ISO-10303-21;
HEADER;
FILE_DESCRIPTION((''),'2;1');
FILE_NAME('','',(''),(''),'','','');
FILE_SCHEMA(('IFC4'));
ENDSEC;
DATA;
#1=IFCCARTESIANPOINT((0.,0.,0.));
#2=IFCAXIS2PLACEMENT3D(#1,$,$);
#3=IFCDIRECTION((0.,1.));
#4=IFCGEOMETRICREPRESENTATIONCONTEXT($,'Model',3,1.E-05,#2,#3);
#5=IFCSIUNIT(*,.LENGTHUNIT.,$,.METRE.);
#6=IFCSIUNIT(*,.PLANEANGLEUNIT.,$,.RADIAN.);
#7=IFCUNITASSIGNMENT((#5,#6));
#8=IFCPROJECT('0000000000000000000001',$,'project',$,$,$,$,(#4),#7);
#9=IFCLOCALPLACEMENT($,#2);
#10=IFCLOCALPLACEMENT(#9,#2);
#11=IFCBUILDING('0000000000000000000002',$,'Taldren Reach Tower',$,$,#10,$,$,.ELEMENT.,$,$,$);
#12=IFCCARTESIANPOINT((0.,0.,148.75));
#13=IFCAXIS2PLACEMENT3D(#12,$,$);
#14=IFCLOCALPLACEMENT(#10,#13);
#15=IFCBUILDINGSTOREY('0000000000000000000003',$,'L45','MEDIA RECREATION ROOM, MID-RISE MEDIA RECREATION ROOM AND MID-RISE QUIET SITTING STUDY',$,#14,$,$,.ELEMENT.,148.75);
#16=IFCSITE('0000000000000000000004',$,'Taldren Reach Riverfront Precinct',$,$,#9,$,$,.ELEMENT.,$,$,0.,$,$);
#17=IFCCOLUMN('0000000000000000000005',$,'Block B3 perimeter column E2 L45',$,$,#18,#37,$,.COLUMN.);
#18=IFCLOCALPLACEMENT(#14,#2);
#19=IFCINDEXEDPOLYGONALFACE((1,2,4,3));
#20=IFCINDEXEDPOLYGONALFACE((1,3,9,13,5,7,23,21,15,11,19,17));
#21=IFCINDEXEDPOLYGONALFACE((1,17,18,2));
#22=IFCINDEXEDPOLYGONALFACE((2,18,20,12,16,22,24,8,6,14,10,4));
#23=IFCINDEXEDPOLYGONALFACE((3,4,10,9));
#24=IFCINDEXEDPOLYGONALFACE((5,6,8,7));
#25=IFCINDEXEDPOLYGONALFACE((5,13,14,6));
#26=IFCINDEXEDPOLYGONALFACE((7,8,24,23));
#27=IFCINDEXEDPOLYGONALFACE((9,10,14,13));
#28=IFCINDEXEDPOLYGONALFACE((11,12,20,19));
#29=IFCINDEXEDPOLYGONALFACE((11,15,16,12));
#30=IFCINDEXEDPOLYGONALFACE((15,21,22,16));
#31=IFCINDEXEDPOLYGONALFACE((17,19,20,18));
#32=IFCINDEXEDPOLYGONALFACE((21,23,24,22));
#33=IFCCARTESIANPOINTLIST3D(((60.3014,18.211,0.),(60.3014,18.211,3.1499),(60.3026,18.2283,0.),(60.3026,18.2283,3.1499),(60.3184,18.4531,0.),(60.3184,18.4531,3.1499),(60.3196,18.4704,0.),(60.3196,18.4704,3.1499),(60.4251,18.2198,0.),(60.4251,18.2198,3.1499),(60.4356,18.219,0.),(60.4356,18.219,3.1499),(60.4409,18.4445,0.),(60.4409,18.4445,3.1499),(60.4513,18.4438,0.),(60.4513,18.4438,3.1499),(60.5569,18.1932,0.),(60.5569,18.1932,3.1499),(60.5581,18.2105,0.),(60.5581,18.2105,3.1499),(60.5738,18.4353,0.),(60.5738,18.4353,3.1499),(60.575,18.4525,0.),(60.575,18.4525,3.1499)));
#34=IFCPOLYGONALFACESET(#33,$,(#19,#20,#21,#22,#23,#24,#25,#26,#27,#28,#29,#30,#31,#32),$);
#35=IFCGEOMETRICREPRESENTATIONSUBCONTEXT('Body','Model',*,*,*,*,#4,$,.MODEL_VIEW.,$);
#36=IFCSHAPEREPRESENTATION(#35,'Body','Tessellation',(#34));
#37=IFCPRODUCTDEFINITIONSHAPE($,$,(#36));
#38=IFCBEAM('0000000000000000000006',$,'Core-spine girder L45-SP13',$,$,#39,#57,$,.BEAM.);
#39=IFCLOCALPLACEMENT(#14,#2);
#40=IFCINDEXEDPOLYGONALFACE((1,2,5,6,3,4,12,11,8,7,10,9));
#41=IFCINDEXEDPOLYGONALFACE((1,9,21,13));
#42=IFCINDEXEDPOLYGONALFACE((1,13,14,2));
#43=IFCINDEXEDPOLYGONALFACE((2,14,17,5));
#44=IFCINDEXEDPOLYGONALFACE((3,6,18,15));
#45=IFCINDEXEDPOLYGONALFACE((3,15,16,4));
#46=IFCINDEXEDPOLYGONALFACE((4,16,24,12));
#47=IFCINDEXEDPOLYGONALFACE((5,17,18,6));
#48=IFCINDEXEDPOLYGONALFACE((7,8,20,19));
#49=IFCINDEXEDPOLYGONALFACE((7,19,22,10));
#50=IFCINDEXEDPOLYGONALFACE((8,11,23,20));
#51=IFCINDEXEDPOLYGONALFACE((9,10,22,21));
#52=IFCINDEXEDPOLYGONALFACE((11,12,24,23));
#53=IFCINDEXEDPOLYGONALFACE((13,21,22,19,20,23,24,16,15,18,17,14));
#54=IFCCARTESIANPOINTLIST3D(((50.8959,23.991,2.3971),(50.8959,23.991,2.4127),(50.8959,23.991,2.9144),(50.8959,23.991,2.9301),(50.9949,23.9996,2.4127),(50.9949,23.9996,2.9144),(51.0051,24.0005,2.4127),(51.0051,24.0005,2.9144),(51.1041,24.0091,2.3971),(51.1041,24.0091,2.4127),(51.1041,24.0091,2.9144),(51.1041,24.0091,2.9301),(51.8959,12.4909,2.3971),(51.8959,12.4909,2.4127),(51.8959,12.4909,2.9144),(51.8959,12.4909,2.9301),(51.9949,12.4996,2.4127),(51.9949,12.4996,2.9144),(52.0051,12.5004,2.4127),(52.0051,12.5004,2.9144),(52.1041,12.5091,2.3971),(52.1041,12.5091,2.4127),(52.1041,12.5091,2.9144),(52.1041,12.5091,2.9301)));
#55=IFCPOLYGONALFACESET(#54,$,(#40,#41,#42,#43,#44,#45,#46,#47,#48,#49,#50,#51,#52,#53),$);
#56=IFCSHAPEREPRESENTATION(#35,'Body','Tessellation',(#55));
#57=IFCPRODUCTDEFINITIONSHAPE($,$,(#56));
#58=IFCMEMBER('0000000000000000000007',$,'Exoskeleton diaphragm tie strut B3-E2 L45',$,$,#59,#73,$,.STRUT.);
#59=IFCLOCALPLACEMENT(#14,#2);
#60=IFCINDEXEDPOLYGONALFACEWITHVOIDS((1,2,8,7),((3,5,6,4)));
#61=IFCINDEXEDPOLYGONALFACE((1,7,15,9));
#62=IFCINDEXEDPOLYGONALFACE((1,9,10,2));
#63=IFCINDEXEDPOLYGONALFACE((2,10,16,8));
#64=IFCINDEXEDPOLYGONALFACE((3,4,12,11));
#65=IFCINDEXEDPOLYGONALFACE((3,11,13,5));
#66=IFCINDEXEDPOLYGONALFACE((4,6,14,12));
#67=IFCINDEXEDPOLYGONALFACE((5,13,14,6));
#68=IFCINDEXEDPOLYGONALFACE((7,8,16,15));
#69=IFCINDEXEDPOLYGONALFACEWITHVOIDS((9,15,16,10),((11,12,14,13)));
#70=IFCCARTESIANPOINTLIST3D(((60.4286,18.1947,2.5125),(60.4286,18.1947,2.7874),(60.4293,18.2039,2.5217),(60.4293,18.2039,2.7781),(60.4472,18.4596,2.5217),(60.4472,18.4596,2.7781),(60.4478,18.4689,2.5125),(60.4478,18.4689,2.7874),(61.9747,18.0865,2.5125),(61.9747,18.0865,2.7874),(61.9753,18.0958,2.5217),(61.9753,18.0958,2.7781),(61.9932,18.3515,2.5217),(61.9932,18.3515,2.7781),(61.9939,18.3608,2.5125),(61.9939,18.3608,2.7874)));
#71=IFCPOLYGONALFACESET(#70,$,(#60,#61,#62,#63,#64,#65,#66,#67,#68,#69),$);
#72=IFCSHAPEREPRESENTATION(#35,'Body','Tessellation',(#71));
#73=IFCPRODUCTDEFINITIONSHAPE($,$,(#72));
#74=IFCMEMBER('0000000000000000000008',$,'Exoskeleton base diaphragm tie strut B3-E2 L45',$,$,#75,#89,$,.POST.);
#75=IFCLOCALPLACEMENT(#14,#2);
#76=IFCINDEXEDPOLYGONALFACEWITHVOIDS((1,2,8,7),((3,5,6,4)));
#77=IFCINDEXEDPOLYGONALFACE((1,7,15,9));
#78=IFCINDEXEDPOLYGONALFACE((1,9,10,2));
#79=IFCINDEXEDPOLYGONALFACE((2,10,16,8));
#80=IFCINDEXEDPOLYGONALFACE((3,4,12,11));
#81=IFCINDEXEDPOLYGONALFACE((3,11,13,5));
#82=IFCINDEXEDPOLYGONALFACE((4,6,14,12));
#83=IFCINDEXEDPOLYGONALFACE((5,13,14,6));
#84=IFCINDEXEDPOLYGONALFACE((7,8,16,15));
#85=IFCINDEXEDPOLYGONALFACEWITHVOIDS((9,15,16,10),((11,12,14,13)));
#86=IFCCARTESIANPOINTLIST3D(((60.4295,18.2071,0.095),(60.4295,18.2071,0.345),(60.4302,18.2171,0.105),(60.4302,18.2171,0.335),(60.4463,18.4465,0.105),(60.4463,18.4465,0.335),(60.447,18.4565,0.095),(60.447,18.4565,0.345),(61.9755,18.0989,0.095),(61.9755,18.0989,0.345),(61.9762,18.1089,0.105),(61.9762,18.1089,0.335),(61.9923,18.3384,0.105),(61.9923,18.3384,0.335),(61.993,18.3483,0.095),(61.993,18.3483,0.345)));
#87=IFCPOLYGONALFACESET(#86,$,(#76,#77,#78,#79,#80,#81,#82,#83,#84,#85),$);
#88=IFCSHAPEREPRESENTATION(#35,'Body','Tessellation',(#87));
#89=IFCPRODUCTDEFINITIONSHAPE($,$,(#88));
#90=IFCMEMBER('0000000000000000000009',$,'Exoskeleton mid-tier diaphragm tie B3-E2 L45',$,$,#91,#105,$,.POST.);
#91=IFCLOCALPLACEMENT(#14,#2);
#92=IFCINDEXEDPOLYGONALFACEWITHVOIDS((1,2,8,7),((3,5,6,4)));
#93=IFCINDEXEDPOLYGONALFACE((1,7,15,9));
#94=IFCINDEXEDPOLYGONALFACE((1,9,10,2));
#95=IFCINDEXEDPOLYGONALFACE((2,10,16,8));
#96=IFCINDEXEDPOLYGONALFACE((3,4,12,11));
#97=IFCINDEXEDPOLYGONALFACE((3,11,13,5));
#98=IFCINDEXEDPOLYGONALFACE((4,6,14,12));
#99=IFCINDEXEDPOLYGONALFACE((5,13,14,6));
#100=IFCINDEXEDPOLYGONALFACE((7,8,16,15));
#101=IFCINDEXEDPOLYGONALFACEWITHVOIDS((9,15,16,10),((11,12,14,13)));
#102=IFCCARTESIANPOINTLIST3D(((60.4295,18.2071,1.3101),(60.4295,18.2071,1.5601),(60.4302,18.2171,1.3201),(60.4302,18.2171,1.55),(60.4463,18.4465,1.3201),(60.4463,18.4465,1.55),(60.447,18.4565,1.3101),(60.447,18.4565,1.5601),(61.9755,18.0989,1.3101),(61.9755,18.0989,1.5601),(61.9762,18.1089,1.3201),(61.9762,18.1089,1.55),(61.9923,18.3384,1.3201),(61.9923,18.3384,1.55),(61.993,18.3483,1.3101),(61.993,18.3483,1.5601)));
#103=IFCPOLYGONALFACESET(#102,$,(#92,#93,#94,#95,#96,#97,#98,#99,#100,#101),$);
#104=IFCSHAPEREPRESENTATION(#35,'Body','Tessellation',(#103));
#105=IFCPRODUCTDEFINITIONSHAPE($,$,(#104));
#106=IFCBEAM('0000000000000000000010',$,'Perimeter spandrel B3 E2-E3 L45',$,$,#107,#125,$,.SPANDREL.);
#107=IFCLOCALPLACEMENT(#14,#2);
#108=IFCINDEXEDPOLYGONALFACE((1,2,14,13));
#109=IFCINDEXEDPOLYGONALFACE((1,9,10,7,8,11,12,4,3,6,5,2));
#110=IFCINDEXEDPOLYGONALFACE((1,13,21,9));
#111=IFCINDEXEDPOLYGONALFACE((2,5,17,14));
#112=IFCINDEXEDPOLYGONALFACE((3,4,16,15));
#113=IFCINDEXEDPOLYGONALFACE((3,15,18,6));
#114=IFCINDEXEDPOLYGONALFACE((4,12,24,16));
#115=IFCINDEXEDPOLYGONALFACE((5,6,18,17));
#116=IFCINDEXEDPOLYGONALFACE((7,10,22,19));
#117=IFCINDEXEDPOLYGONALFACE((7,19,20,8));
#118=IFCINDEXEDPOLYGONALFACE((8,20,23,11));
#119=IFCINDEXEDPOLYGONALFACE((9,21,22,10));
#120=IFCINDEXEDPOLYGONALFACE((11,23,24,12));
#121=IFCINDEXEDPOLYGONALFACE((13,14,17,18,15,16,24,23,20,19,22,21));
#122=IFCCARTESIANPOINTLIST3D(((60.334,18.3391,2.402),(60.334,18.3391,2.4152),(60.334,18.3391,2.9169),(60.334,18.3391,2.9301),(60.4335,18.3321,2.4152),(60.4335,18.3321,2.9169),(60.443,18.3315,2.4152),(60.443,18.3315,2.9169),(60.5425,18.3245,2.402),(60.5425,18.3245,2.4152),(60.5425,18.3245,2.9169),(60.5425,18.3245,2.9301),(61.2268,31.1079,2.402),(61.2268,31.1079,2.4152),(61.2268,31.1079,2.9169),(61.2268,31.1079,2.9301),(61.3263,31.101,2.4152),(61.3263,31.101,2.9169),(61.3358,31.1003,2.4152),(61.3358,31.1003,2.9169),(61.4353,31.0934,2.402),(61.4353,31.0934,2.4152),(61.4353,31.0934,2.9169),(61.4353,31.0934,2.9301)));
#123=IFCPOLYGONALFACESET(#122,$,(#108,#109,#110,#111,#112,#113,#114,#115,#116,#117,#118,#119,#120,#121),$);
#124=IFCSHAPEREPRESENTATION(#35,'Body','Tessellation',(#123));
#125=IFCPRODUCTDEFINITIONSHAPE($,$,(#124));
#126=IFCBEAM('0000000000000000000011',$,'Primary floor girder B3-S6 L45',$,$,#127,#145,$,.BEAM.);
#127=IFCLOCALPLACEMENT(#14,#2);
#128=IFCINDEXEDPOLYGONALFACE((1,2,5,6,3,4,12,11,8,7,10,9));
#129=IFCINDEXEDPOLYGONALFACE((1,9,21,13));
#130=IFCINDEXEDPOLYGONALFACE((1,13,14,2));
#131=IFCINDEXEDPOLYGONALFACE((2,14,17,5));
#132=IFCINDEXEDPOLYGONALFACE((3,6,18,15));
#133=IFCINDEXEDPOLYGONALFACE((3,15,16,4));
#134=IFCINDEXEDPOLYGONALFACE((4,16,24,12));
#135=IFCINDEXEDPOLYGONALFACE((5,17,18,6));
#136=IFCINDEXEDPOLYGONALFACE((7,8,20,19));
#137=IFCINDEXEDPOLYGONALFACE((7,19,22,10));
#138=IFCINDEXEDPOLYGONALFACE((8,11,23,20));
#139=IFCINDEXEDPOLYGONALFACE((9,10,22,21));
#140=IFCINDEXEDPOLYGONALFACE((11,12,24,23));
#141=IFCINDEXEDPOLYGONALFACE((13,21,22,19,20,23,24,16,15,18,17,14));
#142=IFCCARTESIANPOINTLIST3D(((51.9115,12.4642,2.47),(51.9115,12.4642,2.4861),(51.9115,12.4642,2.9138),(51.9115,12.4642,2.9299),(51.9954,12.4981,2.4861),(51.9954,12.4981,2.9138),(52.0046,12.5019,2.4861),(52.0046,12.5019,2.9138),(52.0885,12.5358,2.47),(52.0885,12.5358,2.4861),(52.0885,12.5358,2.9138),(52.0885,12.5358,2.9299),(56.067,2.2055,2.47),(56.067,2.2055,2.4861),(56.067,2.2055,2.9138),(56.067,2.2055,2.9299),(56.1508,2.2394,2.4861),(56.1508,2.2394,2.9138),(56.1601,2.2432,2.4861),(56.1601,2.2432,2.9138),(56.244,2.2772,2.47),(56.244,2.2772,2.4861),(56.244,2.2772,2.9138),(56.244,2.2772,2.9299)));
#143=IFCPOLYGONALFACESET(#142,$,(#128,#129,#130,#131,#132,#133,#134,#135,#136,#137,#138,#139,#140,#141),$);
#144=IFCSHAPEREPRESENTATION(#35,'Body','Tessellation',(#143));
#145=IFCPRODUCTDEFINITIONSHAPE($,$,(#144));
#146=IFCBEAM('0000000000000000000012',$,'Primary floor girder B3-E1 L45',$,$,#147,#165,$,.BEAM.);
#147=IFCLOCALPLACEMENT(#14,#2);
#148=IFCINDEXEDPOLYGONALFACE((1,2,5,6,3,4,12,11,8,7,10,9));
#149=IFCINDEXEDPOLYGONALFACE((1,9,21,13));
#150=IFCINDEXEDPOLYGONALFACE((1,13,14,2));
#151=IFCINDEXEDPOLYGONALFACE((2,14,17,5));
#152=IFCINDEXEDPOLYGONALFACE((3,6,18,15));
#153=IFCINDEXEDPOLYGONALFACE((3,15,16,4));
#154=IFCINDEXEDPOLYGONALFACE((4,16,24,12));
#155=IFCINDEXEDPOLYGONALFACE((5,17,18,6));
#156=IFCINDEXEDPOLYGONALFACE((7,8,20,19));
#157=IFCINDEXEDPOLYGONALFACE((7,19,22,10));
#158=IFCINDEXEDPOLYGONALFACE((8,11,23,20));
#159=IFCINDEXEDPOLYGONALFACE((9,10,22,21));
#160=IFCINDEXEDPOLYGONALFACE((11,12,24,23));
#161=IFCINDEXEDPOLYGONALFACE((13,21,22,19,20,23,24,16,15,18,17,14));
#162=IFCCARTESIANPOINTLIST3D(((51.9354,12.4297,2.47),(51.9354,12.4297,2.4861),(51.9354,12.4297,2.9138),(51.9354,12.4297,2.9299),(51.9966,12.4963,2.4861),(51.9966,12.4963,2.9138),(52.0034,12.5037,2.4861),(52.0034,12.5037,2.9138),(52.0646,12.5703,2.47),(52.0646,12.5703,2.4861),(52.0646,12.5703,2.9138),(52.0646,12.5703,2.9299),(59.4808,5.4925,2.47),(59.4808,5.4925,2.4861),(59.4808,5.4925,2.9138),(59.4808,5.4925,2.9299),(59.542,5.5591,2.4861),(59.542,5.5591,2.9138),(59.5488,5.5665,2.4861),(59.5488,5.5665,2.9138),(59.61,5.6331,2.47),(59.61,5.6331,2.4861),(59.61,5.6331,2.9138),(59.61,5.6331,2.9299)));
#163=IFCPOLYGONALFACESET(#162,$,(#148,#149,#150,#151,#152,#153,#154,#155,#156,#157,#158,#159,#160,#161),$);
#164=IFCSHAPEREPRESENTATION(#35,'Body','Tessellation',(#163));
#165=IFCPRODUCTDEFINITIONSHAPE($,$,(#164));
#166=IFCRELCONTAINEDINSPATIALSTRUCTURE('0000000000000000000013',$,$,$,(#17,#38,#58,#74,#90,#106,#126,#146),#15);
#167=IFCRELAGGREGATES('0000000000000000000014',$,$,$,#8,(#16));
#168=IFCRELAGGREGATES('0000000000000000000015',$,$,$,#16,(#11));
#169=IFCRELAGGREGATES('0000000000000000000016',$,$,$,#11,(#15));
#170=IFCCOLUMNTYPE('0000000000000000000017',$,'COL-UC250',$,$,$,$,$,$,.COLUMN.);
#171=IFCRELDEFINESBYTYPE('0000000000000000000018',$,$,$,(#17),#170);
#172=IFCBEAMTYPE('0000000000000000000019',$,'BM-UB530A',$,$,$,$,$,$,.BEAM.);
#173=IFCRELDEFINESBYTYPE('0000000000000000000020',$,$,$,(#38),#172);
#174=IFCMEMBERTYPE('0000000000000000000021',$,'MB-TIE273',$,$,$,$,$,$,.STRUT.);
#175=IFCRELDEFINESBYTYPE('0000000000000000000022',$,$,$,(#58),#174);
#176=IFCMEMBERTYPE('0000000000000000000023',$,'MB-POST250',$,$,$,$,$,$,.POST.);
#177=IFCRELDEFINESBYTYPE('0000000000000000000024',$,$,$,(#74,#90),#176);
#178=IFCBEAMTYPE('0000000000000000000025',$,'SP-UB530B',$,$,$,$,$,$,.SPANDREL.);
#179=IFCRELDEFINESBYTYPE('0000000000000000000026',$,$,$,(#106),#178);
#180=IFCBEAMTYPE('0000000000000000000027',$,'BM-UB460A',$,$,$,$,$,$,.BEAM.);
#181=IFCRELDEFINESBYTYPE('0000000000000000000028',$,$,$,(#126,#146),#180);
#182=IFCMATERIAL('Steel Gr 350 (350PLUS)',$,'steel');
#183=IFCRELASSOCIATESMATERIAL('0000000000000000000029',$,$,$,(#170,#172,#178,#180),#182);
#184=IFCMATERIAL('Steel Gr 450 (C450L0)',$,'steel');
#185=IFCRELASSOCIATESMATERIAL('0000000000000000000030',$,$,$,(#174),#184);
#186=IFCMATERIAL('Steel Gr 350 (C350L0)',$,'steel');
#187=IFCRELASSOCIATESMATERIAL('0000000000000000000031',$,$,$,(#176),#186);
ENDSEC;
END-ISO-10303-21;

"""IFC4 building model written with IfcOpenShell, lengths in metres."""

from ifc_helpers import new_model, si_unit, direction, frame, origin, origin_2d, place, context, subcontext, project, spatial, hollow_rectangle, i_section, extrude, source, transform, mapped, material, material_profile, profile_set, type_object, element, save


model = new_model("IFC4")

# Units and contexts
model_context = context("Model", 3, precision=1e-05, world=origin(), true_north=direction((0.0, 1.0)))
body_context = subcontext(model_context, "Body", "Model", "MODEL_VIEW")
ifc_project = project(units=[si_unit("LENGTHUNIT", "METRE"), si_unit("PLANEANGLEUNIT", "RADIAN")], contexts=[model_context])

# Site, building, storey
site_placement = place(None, origin())
site = spatial("IfcSite", under=ifc_project, at=site_placement, Name="Taldren Reach Riverfront Precinct", CompositionType="ELEMENT", RefElevation=0.0)
building_placement = place(site_placement, origin())
building = spatial("IfcBuilding", under=site, at=building_placement, Name="Taldren Reach Tower", CompositionType="ELEMENT")
storey_placement = place(building_placement, frame((0.0, 0.0, 148.75)))
storey = spatial("IfcBuildingStorey", under=building, at=storey_placement, Name="L45", Description="MEDIA RECREATION ROOM, MID-RISE MEDIA RECREATION ROOM AND MID-RISE QUIET SITTING STUDY", CompositionType="ELEMENT", Elevation=148.75)

# Column
ifc_material_1 = material(Name="Steel Gr 350 (350PLUS)", Category="steel")
ifc_material_profile_1 = material_profile(ifc_material_1, i_section(OverallWidth=0.2561, OverallDepth=0.26, WebThickness=0.0105, FlangeThickness=0.0173, at=origin_2d()), Name="250UC89.5")
ifc_profile_set_1 = profile_set([ifc_material_profile_1], Name="Steel Gr 350 (350PLUS)")
column_type = type_object("IfcColumnType", Name="COL-UC250", PredefinedType="COLUMN", material=ifc_profile_set_1)
shared_shape_1 = source(origin(), body_context, "Body", "SweptSolid", [
    extrude(i_section(OverallWidth=0.2561, OverallDepth=0.26, WebThickness=0.0105, FlangeThickness=0.0173, at=origin_2d()), origin(), (0.0, 0.0, 1.0), 3.1499),
])
column_placement = place(storey_placement, frame((60.4382, 18.3318, 0.0), z_axis=(0.0, 0.0, 1.0), x_axis=(0.997564, -0.069756, 0.0)))
element("IfcColumn", 1, at=column_placement, inside=storey, type_object=column_type, Name="Block B3 perimeter column E2 L45", PredefinedType="COLUMN", context=body_context, shape_type="MappedRepresentation", body=[
    mapped(shared_shape_1, transform((0.0, 0.0, 0.0), scale=1.0)),
])

# Beam
ifc_material_profile_2 = material_profile(ifc_material_1, i_section(OverallWidth=0.209, OverallDepth=0.533, WebThickness=0.0103, FlangeThickness=0.0156, at=origin_2d()), Name="530UB92.4")
ifc_profile_set_2 = profile_set([ifc_material_profile_2], Name="Steel Gr 350 (350PLUS)")
beam_type_1 = type_object("IfcBeamType", Name="BM-UB530A", PredefinedType="BEAM", material=ifc_profile_set_2)
shared_shape_2 = source(origin(), body_context, "Body", "SweptSolid", [
    extrude(i_section(OverallWidth=0.209, OverallDepth=0.533, WebThickness=0.0103, FlangeThickness=0.0156, at=origin_2d()), origin(), (0.0, 0.0, 1.0), 11.5435),
])
beam_1_placement = place(storey_placement, frame((52.0, 12.5, 2.6636), z_axis=(-0.08663, 0.996241, 0.0), x_axis=(-0.996241, -0.08663, 0.0)))
element("IfcBeam", 2, at=beam_1_placement, inside=storey, type_object=beam_type_1, Name="Core-spine girder L45-SP13", PredefinedType="BEAM", context=body_context, shape_type="MappedRepresentation", body=[
    mapped(shared_shape_2, transform((0.0, 0.0, 0.0), scale=1.0)),
])

# Members
ifc_material_2 = material(Name="Steel Gr 450 (C450L0)", Category="steel")
ifc_material_profile_3 = material_profile(ifc_material_2, hollow_rectangle(XDim=0.2749, YDim=0.2749, WallThickness=0.0093, at=origin_2d()), Name="275x275x9.3SHS")
ifc_profile_set_3 = profile_set([ifc_material_profile_3], Name="Steel Gr 450 (C450L0)")
member_type_1 = type_object("IfcMemberType", Name="MB-TIE273", PredefinedType="STRUT", material=ifc_profile_set_3)
shared_shape_3 = source(origin(), body_context, "Body", "SweptSolid", [
    extrude(hollow_rectangle(XDim=0.2749, YDim=0.2749, WallThickness=0.0093, at=origin_2d()), origin(), (0.0, 0.0, 1.0), 1.5498),
])
member_1_placement = place(storey_placement, frame((60.4382, 18.3318, 2.6499), z_axis=(0.997562, -0.069781, 0.0), x_axis=(0.069781, 0.997562, 0.0)))
element("IfcMember", 3, at=member_1_placement, inside=storey, type_object=member_type_1, Name="Exoskeleton diaphragm tie strut B3-E2 L45", PredefinedType="STRUT", context=body_context, shape_type="MappedRepresentation", body=[
    mapped(shared_shape_3, transform((0.0, 0.0, 0.0), scale=1.0)),
])
ifc_material_3 = material(Name="Steel Gr 350 (C350L0)", Category="steel")
ifc_material_profile_4 = material_profile(ifc_material_3, hollow_rectangle(XDim=0.25, YDim=0.25, WallThickness=0.01, at=origin_2d()), Name="250x250x10.0SHS")
ifc_profile_set_4 = profile_set([ifc_material_profile_4], Name="Steel Gr 350 (C350L0)")
member_type_2 = type_object("IfcMemberType", Name="MB-POST250", PredefinedType="POST", material=ifc_profile_set_4)
shared_shape_4 = source(origin(), body_context, "Body", "SweptSolid", [
    extrude(hollow_rectangle(XDim=0.25, YDim=0.25, WallThickness=0.01, at=origin_2d()), origin(), (0.0, 0.0, 1.0), 1.5498),
])
for number, where, z_axis, x_axis, name in (
    (4, (60.4382, 18.3318, 0.22), (0.997562, -0.069781, 0.0), (0.069781, 0.997562, 0.0), "Exoskeleton base diaphragm tie strut B3-E2 L45"),
    (5, (60.4382, 18.3318, 1.4351), (0.997562, -0.069781, 0.0), (0.069781, 0.997562, 0.0), "Exoskeleton mid-tier diaphragm tie B3-E2 L45"),
):
    element("IfcMember", number, at=place(storey_placement, frame(where, z_axis=z_axis, x_axis=x_axis)), inside=storey, type_object=member_type_2, Name=name, PredefinedType="POST", context=body_context, shape_type="MappedRepresentation", body=[
        mapped(shared_shape_4, transform((0.0, 0.0, 0.0), scale=1.0)),
    ])

# Beams
ifc_material_profile_5 = material_profile(ifc_material_1, i_section(OverallWidth=0.209, OverallDepth=0.5281, WebThickness=0.0095, FlangeThickness=0.0132, at=origin_2d()), Name="530UB82.0")
ifc_profile_set_5 = profile_set([ifc_material_profile_5], Name="Steel Gr 350 (350PLUS)")
beam_type_2 = type_object("IfcBeamType", Name="SP-UB530B", PredefinedType="SPANDREL", material=ifc_profile_set_5)
shared_shape_5 = source(origin(), body_context, "Body", "SweptSolid", [
    extrude(i_section(OverallWidth=0.209, OverallDepth=0.5281, WebThickness=0.0095, FlangeThickness=0.0132, at=origin_2d()), origin(), (0.0, 0.0, 1.0), 12.8),
])
beam_2_placement = place(storey_placement, frame((60.4382, 18.3318, 2.666), z_axis=(0.069752, 0.997564, 0.0), x_axis=(-0.997564, 0.069752, 0.0)))
element("IfcBeam", 6, at=beam_2_placement, inside=storey, type_object=beam_type_2, Name="Perimeter spandrel B3 E2-E3 L45", PredefinedType="SPANDREL", context=body_context, shape_type="MappedRepresentation", body=[
    mapped(shared_shape_5, transform((0.0, 0.0, 0.0), scale=1.0)),
])
ifc_material_profile_6 = material_profile(ifc_material_1, i_section(OverallWidth=0.1909, OverallDepth=0.46, WebThickness=0.01, FlangeThickness=0.0161, at=origin_2d()), Name="460UB82.1")
ifc_profile_set_6 = profile_set([ifc_material_profile_6], Name="Steel Gr 350 (350PLUS)")
beam_type_3 = type_object("IfcBeamType", Name="BM-UB460A", PredefinedType="BEAM", material=ifc_profile_set_6)
shared_shape_6 = source(origin(), body_context, "Body", "SweptSolid", [
    extrude(i_section(OverallWidth=0.1909, OverallDepth=0.46, WebThickness=0.01, FlangeThickness=0.0161, at=origin_2d()), origin(), (0.0, 0.0, 1.0), 11.0684),
])
beam_3_placement = place(storey_placement, frame((52.0, 12.5, 2.7), z_axis=(0.375437, -0.926848, 0.0), x_axis=(0.926848, 0.375437, 0.0)))
element("IfcBeam", 7, at=beam_3_placement, inside=storey, type_object=beam_type_3, Name="Primary floor girder B3-S6 L45", PredefinedType="BEAM", context=body_context, shape_type="MappedRepresentation", body=[
    mapped(shared_shape_6, transform((0.0, 0.0, 0.0), scale=1.0)),
])
shared_shape_7 = source(origin(), body_context, "Body", "SweptSolid", [
    extrude(i_section(OverallWidth=0.1909, OverallDepth=0.46, WebThickness=0.01, FlangeThickness=0.0161, at=origin_2d()), origin(), (0.0, 0.0, 1.0), 10.2498),
])
beam_4_placement = place(storey_placement, frame((52.0, 12.5, 2.7), z_axis=(0.736151, -0.676818, 0.0), x_axis=(0.676818, 0.736151, 0.0)))
element("IfcBeam", 8, at=beam_4_placement, inside=storey, type_object=beam_type_3, Name="Primary floor girder B3-E1 L45", PredefinedType="BEAM", context=body_context, shape_type="MappedRepresentation", body=[
    mapped(shared_shape_7, transform((0.0, 0.0, 0.0), scale=1.0)),
])

save(model, "model.ifc")
